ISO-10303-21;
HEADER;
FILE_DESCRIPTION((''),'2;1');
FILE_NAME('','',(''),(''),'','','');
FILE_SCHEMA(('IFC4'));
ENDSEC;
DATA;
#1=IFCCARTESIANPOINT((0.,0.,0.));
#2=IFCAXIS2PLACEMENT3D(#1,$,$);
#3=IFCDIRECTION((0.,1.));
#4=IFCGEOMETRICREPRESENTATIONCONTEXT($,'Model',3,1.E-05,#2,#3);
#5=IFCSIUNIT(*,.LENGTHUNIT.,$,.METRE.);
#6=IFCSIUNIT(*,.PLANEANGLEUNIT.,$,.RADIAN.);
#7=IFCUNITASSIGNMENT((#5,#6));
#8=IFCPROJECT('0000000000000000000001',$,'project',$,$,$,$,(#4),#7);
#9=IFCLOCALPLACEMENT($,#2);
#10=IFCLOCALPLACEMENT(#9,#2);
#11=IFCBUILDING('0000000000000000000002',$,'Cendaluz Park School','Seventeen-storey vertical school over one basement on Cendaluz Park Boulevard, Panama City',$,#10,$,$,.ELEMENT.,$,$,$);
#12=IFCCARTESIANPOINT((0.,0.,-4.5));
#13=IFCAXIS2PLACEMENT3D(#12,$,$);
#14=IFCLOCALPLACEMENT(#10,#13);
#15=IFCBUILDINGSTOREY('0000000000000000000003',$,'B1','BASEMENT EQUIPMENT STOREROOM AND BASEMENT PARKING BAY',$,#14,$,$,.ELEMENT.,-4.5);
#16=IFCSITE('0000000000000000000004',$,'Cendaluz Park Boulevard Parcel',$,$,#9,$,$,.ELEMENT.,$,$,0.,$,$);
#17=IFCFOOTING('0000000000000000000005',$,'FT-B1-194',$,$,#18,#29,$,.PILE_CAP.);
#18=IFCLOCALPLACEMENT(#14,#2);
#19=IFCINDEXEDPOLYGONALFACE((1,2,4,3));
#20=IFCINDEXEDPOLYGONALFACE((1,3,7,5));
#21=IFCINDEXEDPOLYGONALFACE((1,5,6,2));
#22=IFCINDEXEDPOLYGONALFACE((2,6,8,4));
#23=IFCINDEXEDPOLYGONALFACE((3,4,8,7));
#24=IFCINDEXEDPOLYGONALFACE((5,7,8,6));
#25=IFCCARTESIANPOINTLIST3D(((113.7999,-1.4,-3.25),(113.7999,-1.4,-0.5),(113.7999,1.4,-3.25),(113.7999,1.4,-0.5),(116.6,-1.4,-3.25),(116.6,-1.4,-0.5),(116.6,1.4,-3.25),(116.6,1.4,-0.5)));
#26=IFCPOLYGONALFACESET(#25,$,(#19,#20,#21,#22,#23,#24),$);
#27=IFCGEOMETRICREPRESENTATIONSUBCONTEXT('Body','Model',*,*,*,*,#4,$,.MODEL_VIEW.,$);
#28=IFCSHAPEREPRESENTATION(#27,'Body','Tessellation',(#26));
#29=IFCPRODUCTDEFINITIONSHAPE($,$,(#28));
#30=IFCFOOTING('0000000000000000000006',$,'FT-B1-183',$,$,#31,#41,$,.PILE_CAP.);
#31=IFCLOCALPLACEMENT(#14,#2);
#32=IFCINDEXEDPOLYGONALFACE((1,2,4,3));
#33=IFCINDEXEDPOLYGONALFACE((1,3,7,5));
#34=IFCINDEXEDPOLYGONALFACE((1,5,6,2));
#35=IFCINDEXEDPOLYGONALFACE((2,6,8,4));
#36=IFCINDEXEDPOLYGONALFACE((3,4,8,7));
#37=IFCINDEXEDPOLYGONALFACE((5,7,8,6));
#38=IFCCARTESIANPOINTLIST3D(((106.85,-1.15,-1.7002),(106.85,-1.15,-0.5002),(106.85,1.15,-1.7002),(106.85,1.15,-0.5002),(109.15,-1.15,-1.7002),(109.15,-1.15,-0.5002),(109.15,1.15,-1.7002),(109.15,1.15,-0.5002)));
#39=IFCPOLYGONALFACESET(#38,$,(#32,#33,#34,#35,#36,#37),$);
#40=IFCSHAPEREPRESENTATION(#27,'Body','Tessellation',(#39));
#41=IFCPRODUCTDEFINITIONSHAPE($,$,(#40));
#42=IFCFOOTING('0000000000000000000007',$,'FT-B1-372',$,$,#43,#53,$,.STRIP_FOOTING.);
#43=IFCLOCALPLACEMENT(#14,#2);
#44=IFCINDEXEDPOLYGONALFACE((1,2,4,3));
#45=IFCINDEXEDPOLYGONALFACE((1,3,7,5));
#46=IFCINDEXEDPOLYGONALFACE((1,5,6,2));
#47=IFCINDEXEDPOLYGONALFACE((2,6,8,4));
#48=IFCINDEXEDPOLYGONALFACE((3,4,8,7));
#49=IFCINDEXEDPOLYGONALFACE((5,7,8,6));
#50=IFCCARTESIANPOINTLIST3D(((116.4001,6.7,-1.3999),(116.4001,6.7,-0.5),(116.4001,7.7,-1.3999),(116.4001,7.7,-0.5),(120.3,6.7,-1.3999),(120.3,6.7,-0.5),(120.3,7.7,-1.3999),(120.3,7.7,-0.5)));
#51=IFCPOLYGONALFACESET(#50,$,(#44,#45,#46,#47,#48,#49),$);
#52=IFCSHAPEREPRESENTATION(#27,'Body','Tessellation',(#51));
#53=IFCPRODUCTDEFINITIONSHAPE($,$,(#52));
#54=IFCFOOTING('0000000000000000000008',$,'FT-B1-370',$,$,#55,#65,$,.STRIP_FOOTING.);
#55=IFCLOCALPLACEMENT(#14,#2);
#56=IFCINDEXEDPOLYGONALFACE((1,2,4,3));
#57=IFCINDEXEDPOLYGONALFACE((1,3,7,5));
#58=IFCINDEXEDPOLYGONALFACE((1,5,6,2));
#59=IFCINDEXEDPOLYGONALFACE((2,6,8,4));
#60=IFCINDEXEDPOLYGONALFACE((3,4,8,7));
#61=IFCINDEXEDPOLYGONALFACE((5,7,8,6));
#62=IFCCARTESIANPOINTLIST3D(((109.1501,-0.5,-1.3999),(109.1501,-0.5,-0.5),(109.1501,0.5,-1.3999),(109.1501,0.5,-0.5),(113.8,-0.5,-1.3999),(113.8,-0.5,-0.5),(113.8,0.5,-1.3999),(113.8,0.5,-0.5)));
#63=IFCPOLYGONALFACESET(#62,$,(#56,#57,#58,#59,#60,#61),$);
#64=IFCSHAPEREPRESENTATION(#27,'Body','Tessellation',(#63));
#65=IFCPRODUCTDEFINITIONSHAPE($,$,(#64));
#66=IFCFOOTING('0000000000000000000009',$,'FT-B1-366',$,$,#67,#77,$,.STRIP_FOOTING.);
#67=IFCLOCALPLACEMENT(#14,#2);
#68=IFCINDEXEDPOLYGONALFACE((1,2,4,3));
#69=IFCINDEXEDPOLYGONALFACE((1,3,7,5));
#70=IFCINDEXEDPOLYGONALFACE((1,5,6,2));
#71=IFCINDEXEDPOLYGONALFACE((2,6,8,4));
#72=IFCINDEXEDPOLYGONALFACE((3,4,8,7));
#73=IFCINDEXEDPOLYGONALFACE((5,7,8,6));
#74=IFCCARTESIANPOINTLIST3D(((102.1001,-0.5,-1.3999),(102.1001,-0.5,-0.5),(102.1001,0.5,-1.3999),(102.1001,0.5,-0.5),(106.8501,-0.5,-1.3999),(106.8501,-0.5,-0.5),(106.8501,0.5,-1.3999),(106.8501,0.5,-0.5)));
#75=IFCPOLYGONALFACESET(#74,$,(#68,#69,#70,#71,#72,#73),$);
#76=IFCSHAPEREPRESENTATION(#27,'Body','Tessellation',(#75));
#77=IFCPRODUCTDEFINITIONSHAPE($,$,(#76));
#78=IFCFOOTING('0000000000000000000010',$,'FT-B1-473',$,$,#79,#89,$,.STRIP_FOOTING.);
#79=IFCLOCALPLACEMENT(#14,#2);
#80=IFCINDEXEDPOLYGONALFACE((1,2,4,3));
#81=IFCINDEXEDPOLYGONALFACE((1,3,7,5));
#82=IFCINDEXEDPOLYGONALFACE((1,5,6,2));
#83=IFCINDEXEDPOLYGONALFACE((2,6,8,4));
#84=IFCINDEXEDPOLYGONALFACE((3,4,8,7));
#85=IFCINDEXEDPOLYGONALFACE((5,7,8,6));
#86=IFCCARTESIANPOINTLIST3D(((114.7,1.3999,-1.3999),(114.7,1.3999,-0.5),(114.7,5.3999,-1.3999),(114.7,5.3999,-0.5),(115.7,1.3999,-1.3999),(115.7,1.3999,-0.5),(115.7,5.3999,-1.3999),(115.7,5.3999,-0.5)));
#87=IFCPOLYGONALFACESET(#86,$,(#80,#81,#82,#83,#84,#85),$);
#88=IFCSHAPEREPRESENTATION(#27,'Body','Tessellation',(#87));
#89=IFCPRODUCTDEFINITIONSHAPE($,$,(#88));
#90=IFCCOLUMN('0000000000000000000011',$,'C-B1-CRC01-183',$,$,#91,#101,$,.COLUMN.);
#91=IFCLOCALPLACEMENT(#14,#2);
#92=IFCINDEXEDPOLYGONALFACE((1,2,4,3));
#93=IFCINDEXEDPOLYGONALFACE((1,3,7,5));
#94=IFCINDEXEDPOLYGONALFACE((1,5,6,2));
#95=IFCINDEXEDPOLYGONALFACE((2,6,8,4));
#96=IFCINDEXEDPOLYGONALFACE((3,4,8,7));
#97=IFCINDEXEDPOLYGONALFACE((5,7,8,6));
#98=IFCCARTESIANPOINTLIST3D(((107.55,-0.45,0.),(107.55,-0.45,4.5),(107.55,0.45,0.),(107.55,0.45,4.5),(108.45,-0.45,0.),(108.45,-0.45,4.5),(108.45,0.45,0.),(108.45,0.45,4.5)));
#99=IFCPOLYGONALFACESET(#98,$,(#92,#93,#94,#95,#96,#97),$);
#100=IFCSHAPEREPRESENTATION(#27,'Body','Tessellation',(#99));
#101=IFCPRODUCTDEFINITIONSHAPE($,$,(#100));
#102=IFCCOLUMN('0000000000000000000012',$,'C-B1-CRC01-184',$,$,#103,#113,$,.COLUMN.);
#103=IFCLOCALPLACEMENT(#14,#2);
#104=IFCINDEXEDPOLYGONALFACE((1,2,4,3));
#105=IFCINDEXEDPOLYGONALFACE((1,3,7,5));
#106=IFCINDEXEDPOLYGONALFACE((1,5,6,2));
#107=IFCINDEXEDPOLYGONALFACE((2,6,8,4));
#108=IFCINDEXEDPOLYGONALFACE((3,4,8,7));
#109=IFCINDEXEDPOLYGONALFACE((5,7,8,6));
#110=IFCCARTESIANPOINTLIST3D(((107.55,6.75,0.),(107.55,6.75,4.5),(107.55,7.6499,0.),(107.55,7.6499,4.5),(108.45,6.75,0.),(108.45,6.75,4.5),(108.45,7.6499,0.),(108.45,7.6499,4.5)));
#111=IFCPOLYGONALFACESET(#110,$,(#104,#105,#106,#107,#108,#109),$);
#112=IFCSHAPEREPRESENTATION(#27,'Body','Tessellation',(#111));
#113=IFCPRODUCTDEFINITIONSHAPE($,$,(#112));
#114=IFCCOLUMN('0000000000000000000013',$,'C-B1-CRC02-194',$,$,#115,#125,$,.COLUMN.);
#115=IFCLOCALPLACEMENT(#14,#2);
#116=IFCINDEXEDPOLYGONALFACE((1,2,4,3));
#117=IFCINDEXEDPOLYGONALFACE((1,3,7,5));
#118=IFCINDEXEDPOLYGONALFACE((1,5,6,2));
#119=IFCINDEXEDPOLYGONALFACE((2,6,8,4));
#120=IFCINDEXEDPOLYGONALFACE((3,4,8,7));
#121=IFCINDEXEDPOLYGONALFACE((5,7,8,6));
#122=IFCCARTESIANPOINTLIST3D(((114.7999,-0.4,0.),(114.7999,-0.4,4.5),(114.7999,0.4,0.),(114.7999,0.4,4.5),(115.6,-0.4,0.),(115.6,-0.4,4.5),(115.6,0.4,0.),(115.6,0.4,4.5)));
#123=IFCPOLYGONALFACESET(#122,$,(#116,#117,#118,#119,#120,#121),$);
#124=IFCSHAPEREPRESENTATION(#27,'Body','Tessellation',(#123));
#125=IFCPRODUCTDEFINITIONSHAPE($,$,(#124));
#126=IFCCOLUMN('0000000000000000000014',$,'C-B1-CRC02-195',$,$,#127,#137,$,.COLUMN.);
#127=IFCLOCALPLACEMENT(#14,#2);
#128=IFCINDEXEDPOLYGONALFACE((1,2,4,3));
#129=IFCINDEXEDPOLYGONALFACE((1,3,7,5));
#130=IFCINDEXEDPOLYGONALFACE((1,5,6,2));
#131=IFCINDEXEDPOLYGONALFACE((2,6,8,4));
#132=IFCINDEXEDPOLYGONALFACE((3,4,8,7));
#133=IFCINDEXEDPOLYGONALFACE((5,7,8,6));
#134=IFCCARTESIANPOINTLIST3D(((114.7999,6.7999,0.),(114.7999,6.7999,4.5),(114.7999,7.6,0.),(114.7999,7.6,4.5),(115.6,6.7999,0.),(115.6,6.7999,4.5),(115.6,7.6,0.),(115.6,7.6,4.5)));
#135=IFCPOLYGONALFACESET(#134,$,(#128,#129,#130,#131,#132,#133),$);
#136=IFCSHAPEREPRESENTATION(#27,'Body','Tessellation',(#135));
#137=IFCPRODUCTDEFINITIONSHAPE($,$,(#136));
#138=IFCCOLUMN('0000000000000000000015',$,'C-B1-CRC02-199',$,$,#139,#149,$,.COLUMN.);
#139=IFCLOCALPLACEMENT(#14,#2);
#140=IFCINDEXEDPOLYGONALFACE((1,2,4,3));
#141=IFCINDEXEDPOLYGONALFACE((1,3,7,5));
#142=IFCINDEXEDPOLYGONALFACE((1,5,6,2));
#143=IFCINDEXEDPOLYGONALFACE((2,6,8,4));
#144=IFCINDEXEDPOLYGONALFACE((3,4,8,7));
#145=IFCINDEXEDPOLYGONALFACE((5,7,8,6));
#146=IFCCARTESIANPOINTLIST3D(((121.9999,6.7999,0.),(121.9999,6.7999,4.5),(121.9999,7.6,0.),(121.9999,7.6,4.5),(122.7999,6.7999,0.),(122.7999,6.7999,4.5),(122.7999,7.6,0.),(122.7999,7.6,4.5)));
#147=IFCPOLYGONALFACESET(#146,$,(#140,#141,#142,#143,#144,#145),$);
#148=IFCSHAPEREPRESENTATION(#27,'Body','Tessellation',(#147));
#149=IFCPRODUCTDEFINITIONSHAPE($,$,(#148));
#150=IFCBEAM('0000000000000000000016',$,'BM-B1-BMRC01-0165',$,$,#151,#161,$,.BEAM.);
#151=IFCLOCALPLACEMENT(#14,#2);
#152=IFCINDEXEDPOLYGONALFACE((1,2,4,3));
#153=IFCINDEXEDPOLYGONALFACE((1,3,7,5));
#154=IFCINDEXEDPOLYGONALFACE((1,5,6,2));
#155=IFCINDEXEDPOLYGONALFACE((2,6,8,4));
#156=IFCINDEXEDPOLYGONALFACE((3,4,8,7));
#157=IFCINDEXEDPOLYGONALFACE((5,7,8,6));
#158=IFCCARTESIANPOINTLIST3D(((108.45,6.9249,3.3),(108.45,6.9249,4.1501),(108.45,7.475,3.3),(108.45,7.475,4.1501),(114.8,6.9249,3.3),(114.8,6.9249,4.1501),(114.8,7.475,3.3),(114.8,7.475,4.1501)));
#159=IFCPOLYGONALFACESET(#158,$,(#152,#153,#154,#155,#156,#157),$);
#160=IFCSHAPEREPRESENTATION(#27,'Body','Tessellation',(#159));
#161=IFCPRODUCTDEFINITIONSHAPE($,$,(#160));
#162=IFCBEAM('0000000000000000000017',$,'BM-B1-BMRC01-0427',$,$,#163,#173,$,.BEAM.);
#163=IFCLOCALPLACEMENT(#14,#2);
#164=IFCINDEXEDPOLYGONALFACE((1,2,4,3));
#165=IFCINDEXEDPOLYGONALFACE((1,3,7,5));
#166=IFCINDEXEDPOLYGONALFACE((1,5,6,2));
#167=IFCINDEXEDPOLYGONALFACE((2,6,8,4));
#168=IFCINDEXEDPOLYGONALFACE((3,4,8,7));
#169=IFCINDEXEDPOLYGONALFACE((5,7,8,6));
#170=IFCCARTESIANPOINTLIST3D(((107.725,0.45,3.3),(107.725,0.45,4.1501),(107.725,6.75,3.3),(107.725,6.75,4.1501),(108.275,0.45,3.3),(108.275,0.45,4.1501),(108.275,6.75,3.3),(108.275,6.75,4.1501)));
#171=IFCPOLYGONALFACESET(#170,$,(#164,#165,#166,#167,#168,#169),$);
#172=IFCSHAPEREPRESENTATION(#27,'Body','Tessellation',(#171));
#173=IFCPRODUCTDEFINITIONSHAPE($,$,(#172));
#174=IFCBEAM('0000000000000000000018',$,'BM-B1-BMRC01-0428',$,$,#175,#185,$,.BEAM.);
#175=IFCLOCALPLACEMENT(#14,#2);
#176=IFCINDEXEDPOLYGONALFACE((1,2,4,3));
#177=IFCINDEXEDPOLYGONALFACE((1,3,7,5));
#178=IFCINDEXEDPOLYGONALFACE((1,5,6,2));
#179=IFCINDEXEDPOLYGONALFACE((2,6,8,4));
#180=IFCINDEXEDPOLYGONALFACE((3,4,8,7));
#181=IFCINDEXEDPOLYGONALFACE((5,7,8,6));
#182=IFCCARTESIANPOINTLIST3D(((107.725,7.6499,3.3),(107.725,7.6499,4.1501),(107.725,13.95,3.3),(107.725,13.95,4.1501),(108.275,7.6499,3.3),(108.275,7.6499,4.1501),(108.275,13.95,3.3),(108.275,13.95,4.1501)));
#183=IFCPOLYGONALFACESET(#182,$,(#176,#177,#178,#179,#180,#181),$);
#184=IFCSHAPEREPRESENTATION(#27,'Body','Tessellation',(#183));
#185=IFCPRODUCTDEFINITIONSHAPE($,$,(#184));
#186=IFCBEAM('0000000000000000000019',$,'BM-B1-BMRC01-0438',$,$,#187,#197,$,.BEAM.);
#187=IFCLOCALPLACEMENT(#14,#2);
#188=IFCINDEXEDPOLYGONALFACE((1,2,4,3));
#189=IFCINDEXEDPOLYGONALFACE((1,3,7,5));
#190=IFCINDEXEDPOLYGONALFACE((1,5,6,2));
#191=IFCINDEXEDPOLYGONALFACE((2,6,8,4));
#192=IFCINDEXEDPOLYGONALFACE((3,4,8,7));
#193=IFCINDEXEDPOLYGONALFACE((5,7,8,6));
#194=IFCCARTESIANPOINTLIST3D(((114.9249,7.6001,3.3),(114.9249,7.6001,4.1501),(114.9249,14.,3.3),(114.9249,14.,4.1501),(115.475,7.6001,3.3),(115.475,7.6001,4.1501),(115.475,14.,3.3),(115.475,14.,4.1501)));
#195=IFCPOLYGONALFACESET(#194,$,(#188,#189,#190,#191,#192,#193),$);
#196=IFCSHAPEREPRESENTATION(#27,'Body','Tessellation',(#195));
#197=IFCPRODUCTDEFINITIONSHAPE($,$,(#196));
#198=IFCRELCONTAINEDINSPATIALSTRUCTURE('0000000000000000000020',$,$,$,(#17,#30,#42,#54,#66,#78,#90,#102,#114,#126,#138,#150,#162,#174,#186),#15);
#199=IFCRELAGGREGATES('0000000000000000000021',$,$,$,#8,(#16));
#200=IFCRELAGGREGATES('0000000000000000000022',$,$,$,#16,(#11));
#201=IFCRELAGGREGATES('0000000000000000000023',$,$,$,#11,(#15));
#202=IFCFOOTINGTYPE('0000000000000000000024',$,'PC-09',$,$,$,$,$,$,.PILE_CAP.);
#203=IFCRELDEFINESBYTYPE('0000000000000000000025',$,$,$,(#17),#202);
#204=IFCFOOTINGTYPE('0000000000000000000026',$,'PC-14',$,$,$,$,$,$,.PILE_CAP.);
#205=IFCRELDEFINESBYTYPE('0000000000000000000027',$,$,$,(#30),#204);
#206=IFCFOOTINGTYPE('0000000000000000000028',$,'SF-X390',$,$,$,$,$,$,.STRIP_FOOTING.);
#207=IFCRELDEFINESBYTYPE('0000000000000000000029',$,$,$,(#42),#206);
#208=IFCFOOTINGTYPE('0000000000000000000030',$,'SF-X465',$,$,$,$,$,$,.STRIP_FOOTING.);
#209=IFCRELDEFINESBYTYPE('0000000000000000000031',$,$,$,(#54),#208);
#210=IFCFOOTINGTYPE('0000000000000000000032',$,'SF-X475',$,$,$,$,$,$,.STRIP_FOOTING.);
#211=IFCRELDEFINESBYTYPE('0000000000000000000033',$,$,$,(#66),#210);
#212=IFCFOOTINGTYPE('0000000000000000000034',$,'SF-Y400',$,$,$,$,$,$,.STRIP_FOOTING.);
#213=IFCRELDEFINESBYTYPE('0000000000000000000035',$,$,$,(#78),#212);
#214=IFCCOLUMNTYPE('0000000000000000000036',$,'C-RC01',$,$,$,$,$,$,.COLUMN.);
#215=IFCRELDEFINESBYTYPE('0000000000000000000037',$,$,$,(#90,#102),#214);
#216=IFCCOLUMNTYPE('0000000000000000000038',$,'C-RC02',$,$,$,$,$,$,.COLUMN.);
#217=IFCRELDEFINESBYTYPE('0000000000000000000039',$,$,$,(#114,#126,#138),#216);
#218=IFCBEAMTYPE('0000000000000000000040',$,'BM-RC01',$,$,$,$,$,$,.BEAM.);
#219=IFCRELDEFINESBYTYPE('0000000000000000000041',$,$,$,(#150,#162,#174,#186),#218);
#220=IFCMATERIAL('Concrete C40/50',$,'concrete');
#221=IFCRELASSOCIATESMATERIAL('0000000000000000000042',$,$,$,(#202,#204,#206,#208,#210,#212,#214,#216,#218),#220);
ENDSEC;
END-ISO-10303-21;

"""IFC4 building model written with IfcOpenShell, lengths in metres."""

from ifc_helpers import new_model, si_unit, direction, frame, origin, origin_2d, place, context, subcontext, project, spatial, rectangle, extrude, material, material_profile, profile_set, type_object, element, save


model = new_model("IFC4")

# Units and contexts
model_context = context("Model", 3, precision=1e-05, world=origin(), true_north=direction((0.0, 1.0)))
body_context = subcontext(model_context, "Body", "Model", "MODEL_VIEW")
ifc_project = project(units=[si_unit("LENGTHUNIT", "METRE"), si_unit("PLANEANGLEUNIT", "RADIAN")], contexts=[model_context])

# Site, building, storey
site_placement = place(None, origin())
site = spatial("IfcSite", under=ifc_project, at=site_placement, Name="Cendaluz Park Boulevard Parcel", CompositionType="ELEMENT", RefElevation=0.0)
building_placement = place(site_placement, origin())
building = spatial("IfcBuilding", under=site, at=building_placement, Name="Cendaluz Park School", Description="Seventeen-storey vertical school over one basement on Cendaluz Park Boulevard, Panama City", CompositionType="ELEMENT")
storey_placement = place(building_placement, frame((0.0, 0.0, -4.5)))
storey = spatial("IfcBuildingStorey", under=building, at=storey_placement, Name="B1", Description="BASEMENT EQUIPMENT STOREROOM AND BASEMENT PARKING BAY", CompositionType="ELEMENT", Elevation=-4.5)

# Shared definitions
ifc_material_1 = material(Name="Concrete C40/50", Category="concrete")

# Footings
footing_type_1 = type_object("IfcFootingType", Name="PC-09", PredefinedType="PILE_CAP", material=ifc_material_1)
footing_1_placement = place(storey_placement, frame((115.2, 0.0, -3.25), z_axis=(0.0, 0.0, 1.0), x_axis=(1.0, 0.0, 0.0)))
element("IfcFooting", 1, at=footing_1_placement, inside=storey, type_object=footing_type_1, Name="FT-B1-194", PredefinedType="PILE_CAP", context=body_context, shape_type="SweptSolid", body=[
    extrude(rectangle(XDim=2.8, YDim=2.8, at=origin_2d()), origin(), (0.0, 0.0, 1.0), 2.75),
])
footing_type_2 = type_object("IfcFootingType", Name="PC-14", PredefinedType="PILE_CAP", material=ifc_material_1)
footing_2_placement = place(storey_placement, frame((108.0, 0.0, -1.7002), z_axis=(0.0, 0.0, 1.0), x_axis=(1.0, 0.0, 0.0)))
element("IfcFooting", 2, at=footing_2_placement, inside=storey, type_object=footing_type_2, Name="FT-B1-183", PredefinedType="PILE_CAP", context=body_context, shape_type="SweptSolid", body=[
    extrude(rectangle(XDim=2.3, YDim=2.3, at=origin_2d()), origin(), (0.0, 0.0, 1.0), 1.2),
])
footing_type_3 = type_object("IfcFootingType", Name="SF-X390", PredefinedType="STRIP_FOOTING", material=ifc_material_1)
footing_3_placement = place(storey_placement, frame((118.3501, 7.2, -1.3999), z_axis=(0.0, 0.0, 1.0), x_axis=(1.0, 0.0, 0.0)))
element("IfcFooting", 3, at=footing_3_placement, inside=storey, type_object=footing_type_3, Name="FT-B1-372", PredefinedType="STRIP_FOOTING", context=body_context, shape_type="SweptSolid", body=[
    extrude(rectangle(XDim=3.8999, YDim=1.0, at=origin_2d()), origin(), (0.0, 0.0, 1.0), 0.8999),
])
footing_type_4 = type_object("IfcFootingType", Name="SF-X465", PredefinedType="STRIP_FOOTING", material=ifc_material_1)
footing_4_placement = place(storey_placement, frame((111.4751, 0.0, -1.3999), z_axis=(0.0, 0.0, 1.0), x_axis=(1.0, 0.0, 0.0)))
element("IfcFooting", 4, at=footing_4_placement, inside=storey, type_object=footing_type_4, Name="FT-B1-370", PredefinedType="STRIP_FOOTING", context=body_context, shape_type="SweptSolid", body=[
    extrude(rectangle(XDim=4.6499, YDim=1.0, at=origin_2d()), origin(), (0.0, 0.0, 1.0), 0.8999),
])
footing_type_5 = type_object("IfcFootingType", Name="SF-X475", PredefinedType="STRIP_FOOTING", material=ifc_material_1)
footing_5_placement = place(storey_placement, frame((104.4751, 0.0, -1.3999), z_axis=(0.0, 0.0, 1.0), x_axis=(1.0, 0.0, 0.0)))
element("IfcFooting", 5, at=footing_5_placement, inside=storey, type_object=footing_type_5, Name="FT-B1-366", PredefinedType="STRIP_FOOTING", context=body_context, shape_type="SweptSolid", body=[
    extrude(rectangle(XDim=4.75, YDim=1.0, at=origin_2d()), origin(), (0.0, 0.0, 1.0), 0.8999),
])
footing_type_6 = type_object("IfcFootingType", Name="SF-Y400", PredefinedType="STRIP_FOOTING", material=ifc_material_1)
footing_6_placement = place(storey_placement, frame((115.2, 3.3999, -1.3999), z_axis=(0.0, 0.0, 1.0), x_axis=(1.0, 0.0, 0.0)))
element("IfcFooting", 6, at=footing_6_placement, inside=storey, type_object=footing_type_6, Name="FT-B1-473", PredefinedType="STRIP_FOOTING", context=body_context, shape_type="SweptSolid", body=[
    extrude(rectangle(XDim=1.0, YDim=4.0, at=origin_2d()), origin(), (0.0, 0.0, 1.0), 0.8999),
])

# Columns
ifc_material_profile_1 = material_profile(ifc_material_1, rectangle(XDim=0.8999, YDim=0.8999, at=origin_2d()), Name="RC 900x900", Category="concrete")
ifc_profile_set_1 = profile_set([ifc_material_profile_1], Name="Concrete C40/50")
column_type_1 = type_object("IfcColumnType", Name="C-RC01", PredefinedType="COLUMN", material=ifc_profile_set_1)
for number, where, z_axis, x_axis, name in (
    (7, (108.0, 0.0, 0.0), (0.0, 0.0, 1.0), (1.0, 0.0, 0.0), "C-B1-CRC01-183"),
    (8, (108.0, 7.2, 0.0), (0.0, 0.0, 1.0), (1.0, 0.0, 0.0), "C-B1-CRC01-184"),
):
    element("IfcColumn", number, at=place(storey_placement, frame(where, z_axis=z_axis, x_axis=x_axis)), inside=storey, type_object=column_type_1, Name=name, PredefinedType="COLUMN", context=body_context, shape_type="SweptSolid", body=[
        extrude(rectangle(XDim=0.8999, YDim=0.8999, at=origin_2d()), origin(), (0.0, 0.0, 1.0), 4.5),
    ])
ifc_material_profile_2 = material_profile(ifc_material_1, rectangle(XDim=0.8, YDim=0.8, at=origin_2d()), Name="RC 800x800", Category="concrete")
ifc_profile_set_2 = profile_set([ifc_material_profile_2], Name="Concrete C40/50")
column_type_2 = type_object("IfcColumnType", Name="C-RC02", PredefinedType="COLUMN", material=ifc_profile_set_2)
for number, where, z_axis, x_axis, name in (
    (9, (115.2, 0.0, 0.0), (0.0, 0.0, 1.0), (1.0, 0.0, 0.0), "C-B1-CRC02-194"),
    (10, (115.2, 7.2, 0.0), (0.0, 0.0, 1.0), (1.0, 0.0, 0.0), "C-B1-CRC02-195"),
    (11, (122.3999, 7.2, 0.0), (0.0, 0.0, 1.0), (1.0, 0.0, 0.0), "C-B1-CRC02-199"),
):
    element("IfcColumn", number, at=place(storey_placement, frame(where, z_axis=z_axis, x_axis=x_axis)), inside=storey, type_object=column_type_2, Name=name, PredefinedType="COLUMN", context=body_context, shape_type="SweptSolid", body=[
        extrude(rectangle(XDim=0.8, YDim=0.8, at=origin_2d()), origin(), (0.0, 0.0, 1.0), 4.5),
    ])

# Beams
ifc_material_profile_3 = material_profile(ifc_material_1, rectangle(XDim=0.55, YDim=0.8501, at=origin_2d()), Name="RC 550x850", Category="concrete")
ifc_profile_set_3 = profile_set([ifc_material_profile_3], Name="Concrete C40/50")
beam_type_1 = type_object("IfcBeamType", Name="BM-RC01", PredefinedType="BEAM", material=ifc_profile_set_3)
beam_1_placement = place(storey_placement, frame((108.45, 7.2, 3.7251), z_axis=(1.0, 0.0, 0.0), x_axis=(0.0, 1.0, 0.0)))
element("IfcBeam", 12, at=beam_1_placement, inside=storey, type_object=beam_type_1, Name="BM-B1-BMRC01-0165", PredefinedType="BEAM", context=body_context, shape_type="SweptSolid", body=[
    extrude(rectangle(XDim=0.55, YDim=0.8501, at=origin_2d()), origin(), (0.0, 0.0, 1.0), 6.3501),
])
for number, where, z_axis, x_axis, name in (
    (13, (108.0, 0.45, 3.7251), (0.0, 1.0, 0.0), (-1.0, 0.0, 0.0), "BM-B1-BMRC01-0427"),
    (14, (108.0, 7.6499, 3.7251), (0.0, 1.0, 0.0), (-1.0, 0.0, 0.0), "BM-B1-BMRC01-0428"),
):
    element("IfcBeam", number, at=place(storey_placement, frame(where, z_axis=z_axis, x_axis=x_axis)), inside=storey, type_object=beam_type_1, Name=name, PredefinedType="BEAM", context=body_context, shape_type="SweptSolid", body=[
        extrude(rectangle(XDim=0.55, YDim=0.8501, at=origin_2d()), origin(), (0.0, 0.0, 1.0), 6.3),
    ])
for number, where, z_axis, x_axis, name in (
    (15, (115.2, 7.6001, 3.7251), (0.0, 1.0, 0.0), (-1.0, 0.0, 0.0), "BM-B1-BMRC01-0438"),
):
    element("IfcBeam", number, at=place(storey_placement, frame(where, z_axis=z_axis, x_axis=x_axis)), inside=storey, type_object=beam_type_1, Name=name, PredefinedType="BEAM", context=body_context, shape_type="SweptSolid", body=[
        extrude(rectangle(XDim=0.55, YDim=0.8501, at=origin_2d()), origin(), (0.0, 0.0, 1.0), 6.3999),
    ])

save(model, "model.ifc")
